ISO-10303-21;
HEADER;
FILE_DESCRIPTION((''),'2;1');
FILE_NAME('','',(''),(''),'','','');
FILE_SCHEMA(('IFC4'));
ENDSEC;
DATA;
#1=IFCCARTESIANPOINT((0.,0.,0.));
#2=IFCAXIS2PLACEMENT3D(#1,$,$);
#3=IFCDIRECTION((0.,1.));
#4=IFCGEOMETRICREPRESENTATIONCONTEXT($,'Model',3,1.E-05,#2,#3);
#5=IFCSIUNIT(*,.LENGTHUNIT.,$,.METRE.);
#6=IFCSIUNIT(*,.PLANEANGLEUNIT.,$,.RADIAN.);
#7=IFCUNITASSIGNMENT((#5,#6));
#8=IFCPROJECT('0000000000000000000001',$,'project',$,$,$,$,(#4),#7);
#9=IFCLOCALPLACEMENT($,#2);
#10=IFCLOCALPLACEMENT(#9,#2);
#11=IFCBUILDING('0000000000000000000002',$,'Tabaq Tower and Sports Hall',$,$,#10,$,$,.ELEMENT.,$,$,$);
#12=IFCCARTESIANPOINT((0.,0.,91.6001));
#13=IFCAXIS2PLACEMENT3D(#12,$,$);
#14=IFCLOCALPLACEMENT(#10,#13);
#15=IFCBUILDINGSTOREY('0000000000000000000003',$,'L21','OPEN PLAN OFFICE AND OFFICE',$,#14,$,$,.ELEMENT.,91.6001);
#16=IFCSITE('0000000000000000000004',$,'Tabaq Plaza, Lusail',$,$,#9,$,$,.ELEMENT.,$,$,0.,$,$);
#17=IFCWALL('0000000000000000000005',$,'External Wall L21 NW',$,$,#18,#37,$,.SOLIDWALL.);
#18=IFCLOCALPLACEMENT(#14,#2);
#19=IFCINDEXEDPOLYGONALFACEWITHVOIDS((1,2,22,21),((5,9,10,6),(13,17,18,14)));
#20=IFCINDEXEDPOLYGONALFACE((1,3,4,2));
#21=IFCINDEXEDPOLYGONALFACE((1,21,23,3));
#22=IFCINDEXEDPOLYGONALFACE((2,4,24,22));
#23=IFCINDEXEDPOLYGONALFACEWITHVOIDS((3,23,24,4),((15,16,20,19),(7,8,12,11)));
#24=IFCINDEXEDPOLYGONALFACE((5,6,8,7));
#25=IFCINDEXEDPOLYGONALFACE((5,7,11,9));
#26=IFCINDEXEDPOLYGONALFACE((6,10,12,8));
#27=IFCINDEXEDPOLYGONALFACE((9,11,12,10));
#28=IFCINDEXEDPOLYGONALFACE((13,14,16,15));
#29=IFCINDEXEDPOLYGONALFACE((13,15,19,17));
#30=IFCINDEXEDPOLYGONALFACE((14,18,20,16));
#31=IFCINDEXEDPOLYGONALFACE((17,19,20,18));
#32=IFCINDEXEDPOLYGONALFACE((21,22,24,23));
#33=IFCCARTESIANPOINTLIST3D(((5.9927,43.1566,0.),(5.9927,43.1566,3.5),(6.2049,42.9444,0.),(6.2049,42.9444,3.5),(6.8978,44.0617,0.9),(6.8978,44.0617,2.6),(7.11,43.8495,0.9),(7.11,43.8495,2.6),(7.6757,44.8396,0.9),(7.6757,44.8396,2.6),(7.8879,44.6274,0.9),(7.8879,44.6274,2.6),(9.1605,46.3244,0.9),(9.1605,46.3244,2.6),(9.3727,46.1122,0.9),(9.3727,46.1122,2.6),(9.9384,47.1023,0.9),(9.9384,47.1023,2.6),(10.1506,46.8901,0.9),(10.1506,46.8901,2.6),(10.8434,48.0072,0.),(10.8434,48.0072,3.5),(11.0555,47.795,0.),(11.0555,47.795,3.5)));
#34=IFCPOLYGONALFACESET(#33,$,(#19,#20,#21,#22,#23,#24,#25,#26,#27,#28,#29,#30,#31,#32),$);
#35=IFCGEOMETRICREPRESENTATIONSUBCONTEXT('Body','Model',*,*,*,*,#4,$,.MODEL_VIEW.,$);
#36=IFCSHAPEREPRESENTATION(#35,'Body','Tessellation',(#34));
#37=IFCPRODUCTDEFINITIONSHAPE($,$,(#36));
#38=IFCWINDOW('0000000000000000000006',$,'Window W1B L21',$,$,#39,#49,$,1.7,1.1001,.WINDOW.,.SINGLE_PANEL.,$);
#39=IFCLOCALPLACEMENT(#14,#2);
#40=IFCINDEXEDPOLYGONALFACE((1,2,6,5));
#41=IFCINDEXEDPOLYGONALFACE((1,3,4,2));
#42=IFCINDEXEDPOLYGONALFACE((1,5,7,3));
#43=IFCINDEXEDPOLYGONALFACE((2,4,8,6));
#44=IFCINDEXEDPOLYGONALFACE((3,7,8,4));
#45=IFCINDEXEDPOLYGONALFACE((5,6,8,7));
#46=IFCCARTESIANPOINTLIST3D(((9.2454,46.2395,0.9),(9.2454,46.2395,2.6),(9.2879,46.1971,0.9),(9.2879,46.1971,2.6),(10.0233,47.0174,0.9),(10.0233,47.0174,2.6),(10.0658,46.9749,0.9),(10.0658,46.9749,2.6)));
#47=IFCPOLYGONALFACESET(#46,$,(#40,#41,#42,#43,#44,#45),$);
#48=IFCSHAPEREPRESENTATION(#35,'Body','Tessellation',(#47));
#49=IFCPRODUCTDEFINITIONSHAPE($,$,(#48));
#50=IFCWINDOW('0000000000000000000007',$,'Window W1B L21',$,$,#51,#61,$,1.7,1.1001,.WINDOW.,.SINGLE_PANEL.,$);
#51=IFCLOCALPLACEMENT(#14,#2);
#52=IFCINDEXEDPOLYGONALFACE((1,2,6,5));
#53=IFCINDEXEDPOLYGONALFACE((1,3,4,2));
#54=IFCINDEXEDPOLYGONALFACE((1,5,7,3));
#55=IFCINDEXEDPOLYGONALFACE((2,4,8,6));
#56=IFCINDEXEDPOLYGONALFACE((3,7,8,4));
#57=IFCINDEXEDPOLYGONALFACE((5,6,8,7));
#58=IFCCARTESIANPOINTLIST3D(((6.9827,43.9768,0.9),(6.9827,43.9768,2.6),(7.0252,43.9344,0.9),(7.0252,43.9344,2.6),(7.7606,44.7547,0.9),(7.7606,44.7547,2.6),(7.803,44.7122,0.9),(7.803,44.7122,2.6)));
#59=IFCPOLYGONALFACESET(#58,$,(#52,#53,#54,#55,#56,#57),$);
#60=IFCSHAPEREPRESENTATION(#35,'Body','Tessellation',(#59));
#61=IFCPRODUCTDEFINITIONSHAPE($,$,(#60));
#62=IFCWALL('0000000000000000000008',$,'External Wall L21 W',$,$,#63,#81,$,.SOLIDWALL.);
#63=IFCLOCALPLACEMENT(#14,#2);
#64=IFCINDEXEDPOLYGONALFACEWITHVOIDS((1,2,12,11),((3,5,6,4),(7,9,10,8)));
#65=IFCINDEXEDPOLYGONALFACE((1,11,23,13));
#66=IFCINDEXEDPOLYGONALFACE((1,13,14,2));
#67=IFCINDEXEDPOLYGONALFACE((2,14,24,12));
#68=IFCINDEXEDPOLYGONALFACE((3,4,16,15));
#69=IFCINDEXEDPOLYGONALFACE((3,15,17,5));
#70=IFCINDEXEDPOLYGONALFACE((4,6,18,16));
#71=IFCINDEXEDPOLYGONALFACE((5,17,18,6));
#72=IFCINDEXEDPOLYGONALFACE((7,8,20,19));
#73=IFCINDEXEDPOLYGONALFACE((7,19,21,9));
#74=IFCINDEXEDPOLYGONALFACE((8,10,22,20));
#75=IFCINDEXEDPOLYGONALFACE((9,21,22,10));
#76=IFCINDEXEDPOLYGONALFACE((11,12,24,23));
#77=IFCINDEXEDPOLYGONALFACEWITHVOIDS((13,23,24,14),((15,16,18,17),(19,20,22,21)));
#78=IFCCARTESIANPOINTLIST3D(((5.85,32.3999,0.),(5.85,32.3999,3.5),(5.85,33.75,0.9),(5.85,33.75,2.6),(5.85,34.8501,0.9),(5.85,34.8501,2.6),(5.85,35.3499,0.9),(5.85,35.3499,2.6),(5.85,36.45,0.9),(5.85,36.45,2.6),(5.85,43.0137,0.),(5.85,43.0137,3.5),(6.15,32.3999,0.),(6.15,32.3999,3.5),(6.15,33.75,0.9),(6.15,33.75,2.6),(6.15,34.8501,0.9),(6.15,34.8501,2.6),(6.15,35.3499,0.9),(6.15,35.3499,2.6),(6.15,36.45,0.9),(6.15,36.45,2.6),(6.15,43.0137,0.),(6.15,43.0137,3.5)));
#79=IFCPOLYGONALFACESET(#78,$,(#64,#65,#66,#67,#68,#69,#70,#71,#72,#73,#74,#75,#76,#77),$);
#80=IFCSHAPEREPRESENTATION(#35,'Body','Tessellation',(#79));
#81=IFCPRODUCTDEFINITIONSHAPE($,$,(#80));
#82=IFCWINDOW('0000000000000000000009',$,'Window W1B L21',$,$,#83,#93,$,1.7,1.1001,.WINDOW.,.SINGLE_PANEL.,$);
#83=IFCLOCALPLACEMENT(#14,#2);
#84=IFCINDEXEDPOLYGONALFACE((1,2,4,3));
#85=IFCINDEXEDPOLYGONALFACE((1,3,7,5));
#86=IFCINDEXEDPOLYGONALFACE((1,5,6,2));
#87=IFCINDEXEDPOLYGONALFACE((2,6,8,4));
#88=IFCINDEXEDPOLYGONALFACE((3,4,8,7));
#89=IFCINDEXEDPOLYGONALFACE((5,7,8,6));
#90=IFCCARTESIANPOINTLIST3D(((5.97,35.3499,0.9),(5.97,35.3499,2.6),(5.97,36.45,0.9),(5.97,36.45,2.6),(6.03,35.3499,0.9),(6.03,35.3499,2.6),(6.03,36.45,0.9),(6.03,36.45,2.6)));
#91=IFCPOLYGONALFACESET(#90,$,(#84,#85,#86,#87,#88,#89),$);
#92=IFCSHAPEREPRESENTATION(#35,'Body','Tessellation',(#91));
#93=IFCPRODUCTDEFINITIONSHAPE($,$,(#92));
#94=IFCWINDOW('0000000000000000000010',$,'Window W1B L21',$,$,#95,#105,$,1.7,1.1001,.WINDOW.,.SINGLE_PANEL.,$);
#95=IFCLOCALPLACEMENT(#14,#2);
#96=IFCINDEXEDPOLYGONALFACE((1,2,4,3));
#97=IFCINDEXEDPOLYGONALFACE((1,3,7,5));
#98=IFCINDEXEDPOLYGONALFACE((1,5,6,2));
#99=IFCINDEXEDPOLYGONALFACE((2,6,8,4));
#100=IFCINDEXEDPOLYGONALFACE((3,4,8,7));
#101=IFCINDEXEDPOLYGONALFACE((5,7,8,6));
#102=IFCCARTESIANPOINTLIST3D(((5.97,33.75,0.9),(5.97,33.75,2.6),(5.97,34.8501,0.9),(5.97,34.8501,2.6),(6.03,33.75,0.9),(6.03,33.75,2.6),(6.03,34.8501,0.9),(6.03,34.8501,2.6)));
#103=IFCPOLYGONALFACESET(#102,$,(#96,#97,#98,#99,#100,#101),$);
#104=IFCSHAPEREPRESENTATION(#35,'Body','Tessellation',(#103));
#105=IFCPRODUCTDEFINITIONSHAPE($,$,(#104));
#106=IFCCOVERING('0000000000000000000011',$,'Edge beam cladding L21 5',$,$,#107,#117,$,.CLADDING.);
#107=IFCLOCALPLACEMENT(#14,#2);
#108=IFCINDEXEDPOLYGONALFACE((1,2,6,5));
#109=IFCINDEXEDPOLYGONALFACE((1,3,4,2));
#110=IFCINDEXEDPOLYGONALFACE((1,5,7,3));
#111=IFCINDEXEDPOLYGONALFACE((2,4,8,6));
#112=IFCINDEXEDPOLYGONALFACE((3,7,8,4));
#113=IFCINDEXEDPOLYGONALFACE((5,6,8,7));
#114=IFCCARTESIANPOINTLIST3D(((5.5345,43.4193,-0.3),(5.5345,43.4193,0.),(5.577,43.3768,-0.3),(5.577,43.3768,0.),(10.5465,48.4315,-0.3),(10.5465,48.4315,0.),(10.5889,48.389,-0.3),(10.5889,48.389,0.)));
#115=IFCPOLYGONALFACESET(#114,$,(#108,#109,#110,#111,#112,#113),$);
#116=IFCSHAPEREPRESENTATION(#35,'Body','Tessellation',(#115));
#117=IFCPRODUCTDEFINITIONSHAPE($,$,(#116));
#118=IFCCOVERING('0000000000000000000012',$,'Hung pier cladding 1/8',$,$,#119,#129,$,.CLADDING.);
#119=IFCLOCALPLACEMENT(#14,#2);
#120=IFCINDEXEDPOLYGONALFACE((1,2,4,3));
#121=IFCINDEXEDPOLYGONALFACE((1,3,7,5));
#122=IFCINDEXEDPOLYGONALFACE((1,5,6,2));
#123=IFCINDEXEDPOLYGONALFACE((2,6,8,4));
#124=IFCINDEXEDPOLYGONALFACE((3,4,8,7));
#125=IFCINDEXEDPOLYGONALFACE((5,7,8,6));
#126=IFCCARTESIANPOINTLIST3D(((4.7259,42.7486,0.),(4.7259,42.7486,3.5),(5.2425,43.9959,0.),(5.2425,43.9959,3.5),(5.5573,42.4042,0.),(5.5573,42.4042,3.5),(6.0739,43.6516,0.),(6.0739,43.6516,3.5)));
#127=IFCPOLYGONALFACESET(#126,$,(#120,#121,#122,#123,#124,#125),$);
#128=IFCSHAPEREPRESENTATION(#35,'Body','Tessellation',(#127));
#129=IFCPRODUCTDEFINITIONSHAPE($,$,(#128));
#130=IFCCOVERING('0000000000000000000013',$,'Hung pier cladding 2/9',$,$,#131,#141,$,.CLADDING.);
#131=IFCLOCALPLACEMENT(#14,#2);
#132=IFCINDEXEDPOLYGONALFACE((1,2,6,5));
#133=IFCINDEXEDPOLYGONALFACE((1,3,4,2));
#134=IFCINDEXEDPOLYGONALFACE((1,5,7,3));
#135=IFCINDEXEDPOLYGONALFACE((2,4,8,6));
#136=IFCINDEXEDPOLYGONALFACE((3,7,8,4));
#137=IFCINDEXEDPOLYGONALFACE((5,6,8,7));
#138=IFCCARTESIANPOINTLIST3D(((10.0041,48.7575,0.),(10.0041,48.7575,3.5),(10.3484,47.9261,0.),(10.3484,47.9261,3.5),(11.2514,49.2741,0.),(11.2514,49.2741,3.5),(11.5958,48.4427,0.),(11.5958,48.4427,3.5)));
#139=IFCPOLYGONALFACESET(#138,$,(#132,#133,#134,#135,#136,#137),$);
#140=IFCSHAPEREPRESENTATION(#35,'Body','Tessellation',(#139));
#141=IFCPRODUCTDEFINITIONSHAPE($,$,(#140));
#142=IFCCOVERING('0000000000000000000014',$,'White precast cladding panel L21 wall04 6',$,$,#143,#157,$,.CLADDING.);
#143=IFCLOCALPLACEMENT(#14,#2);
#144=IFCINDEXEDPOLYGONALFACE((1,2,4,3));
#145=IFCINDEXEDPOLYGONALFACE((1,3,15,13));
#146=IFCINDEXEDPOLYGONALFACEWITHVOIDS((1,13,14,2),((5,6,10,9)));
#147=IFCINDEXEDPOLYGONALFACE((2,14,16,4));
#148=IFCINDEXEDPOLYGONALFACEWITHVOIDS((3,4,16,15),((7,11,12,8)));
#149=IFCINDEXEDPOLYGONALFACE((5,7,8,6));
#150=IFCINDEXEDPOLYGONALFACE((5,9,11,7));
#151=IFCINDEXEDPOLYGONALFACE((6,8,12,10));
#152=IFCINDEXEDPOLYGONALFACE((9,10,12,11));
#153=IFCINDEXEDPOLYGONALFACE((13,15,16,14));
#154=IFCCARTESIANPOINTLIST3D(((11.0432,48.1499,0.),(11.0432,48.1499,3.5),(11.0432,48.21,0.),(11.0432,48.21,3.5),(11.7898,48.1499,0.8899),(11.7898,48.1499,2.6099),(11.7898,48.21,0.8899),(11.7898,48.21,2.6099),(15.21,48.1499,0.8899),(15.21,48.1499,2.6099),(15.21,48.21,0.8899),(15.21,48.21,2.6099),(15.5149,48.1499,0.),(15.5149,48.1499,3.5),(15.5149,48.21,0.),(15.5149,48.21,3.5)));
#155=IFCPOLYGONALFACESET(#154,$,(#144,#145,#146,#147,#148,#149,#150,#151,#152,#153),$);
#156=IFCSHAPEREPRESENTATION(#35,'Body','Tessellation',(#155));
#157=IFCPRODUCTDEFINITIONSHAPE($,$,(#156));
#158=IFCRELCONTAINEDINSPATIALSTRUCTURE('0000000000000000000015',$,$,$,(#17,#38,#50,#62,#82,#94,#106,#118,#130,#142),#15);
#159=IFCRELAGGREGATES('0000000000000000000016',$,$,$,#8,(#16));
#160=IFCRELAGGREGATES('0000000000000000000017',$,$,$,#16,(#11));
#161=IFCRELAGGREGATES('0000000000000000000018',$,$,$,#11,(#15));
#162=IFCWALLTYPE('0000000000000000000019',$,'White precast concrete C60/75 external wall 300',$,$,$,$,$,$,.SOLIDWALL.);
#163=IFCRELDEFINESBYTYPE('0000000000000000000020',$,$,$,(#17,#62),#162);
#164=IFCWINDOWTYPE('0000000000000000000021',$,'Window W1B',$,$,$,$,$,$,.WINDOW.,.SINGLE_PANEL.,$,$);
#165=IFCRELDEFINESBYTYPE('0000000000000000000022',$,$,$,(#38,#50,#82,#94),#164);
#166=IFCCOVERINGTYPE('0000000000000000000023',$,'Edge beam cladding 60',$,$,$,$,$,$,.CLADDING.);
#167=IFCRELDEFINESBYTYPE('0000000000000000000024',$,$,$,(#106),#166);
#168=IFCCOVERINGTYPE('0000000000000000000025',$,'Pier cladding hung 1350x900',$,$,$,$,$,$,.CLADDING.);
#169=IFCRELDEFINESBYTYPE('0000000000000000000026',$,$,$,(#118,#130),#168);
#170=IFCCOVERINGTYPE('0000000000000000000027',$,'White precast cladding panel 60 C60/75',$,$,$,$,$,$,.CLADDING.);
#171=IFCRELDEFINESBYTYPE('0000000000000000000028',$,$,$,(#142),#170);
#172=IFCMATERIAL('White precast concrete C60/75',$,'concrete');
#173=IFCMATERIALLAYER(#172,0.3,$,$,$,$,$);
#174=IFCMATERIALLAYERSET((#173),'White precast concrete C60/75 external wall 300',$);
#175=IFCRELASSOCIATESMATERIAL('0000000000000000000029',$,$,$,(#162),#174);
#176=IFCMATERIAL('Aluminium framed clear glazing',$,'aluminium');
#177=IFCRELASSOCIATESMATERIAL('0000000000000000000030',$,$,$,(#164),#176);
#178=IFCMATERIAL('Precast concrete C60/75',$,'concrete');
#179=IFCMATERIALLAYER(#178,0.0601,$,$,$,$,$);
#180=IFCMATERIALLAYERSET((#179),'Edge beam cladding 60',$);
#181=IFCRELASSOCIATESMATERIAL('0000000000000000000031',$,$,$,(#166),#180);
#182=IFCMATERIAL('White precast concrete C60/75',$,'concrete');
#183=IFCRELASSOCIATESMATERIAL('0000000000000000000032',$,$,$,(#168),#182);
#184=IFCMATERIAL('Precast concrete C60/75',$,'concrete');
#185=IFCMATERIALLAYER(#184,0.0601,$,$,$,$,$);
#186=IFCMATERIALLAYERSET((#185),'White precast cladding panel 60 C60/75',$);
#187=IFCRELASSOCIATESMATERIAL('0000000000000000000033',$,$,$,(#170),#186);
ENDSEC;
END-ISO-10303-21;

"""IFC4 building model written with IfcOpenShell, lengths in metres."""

from ifc_helpers import new_model, si_unit, direction, frame, frame_2d, origin, place, context, subcontext, project, spatial, polyline, rectangle, outline, extrude, material, layer, layer_set, type_object, element, fill, save


model = new_model("IFC4")

# Units and contexts
model_context = context("Model", 3, precision=1e-05, world=origin(), true_north=direction((0.0, 1.0)))
body_context = subcontext(model_context, "Body", "Model", "MODEL_VIEW")
ifc_project = project(units=[si_unit("LENGTHUNIT", "METRE"), si_unit("PLANEANGLEUNIT", "RADIAN")], contexts=[model_context])

# Site, building, storey
site_placement = place(None, origin())
site = spatial("IfcSite", under=ifc_project, at=site_placement, Name="Tabaq Plaza, Lusail", CompositionType="ELEMENT", RefElevation=0.0)
building_placement = place(site_placement, origin())
building = spatial("IfcBuilding", under=site, at=building_placement, Name="Tabaq Tower and Sports Hall", CompositionType="ELEMENT")
storey_placement = place(building_placement, frame((0.0, 0.0, 91.6001)))
storey = spatial("IfcBuildingStorey", under=building, at=storey_placement, Name="L21", Description="OPEN PLAN OFFICE AND OFFICE", CompositionType="ELEMENT", Elevation=91.6001)

# Walls, openings, windows
ifc_material_1 = material(Name="White precast concrete C60/75", Category="concrete")
ifc_layer_1 = layer(ifc_material_1, 0.3)
ifc_layer_set_1 = layer_set([ifc_layer_1], Name="White precast concrete C60/75 external wall 300")
wall_type_1 = type_object("IfcWallType", Name="White precast concrete C60/75 external wall 300", PredefinedType="SOLIDWALL", material=ifc_layer_set_1)
wall_1_placement = place(storey_placement, frame((10.9495, 47.9011, 0.0), z_axis=(0.0, 0.0, 1.0), x_axis=(-0.707107, -0.707107, 0.0)))
wall_1 = element("IfcWall", 1, at=wall_1_placement, inside=storey, type_object=wall_type_1, Name="External Wall L21 NW", PredefinedType="SOLIDWALL", context=body_context, shape_type="SweptSolid", body=[
    extrude(rectangle(XDim=6.8599, YDim=0.3, at=frame_2d((3.4299, 0.0))), origin(), (0.0, 0.0, 1.0), 3.5),
])
opening_1_placement = place(wall_1_placement, frame((1.2798, 0.0, 0.8999)))
opening_1 = element("IfcOpeningElement", 2, at=opening_1_placement, cuts=wall_1, PredefinedType="OPENING", context=body_context, shape_type="SweptSolid", body=[
    extrude(rectangle(XDim=1.1001, YDim=1.7, at=frame_2d((0.55, 0.8501))), frame((0.0, 0.1602, 0.0), z_axis=(0.0, -1.0, 0.0), x_axis=(1.0, 0.0, 0.0)), (0.0, 0.0, 1.0), 0.3201),
])
opening_2_placement = place(wall_1_placement, frame((4.4797, 0.0, 0.8999)))
opening_2 = element("IfcOpeningElement", 3, at=opening_2_placement, cuts=wall_1, PredefinedType="OPENING", context=body_context, shape_type="SweptSolid", body=[
    extrude(rectangle(XDim=1.1001, YDim=1.7, at=frame_2d((0.55, 0.8501))), frame((0.0, 0.1602, 0.0), z_axis=(0.0, -1.0, 0.0), x_axis=(1.0, 0.0, 0.0)), (0.0, 0.0, 1.0), 0.3201),
])
ifc_material_2 = material(Name="Aluminium framed clear glazing", Category="aluminium")
window_type = type_object("IfcWindowType", Name="Window W1B", PartitioningType="SINGLE_PANEL", PredefinedType="WINDOW", material=ifc_material_2)
window_1_placement = place(opening_1_placement, origin())
window_1 = element("IfcWindow", 4, at=window_1_placement, inside=storey, type_object=window_type, Name="Window W1B L21", OverallHeight=1.7, OverallWidth=1.1001, PartitioningType="SINGLE_PANEL", PredefinedType="WINDOW", context=body_context, shape_type="SweptSolid", body=[
    extrude(rectangle(XDim=1.1001, YDim=1.7, at=frame_2d((0.55, 0.8501))), frame((0.0, 0.03, 0.0), z_axis=(0.0, -1.0, 0.0), x_axis=(1.0, 0.0, 0.0)), (0.0, 0.0, 1.0), 0.0601),
])
fill(opening_1, window_1)
window_2_placement = place(opening_2_placement, origin())
window_2 = element("IfcWindow", 5, at=window_2_placement, inside=storey, type_object=window_type, Name="Window W1B L21", OverallHeight=1.7, OverallWidth=1.1001, PartitioningType="SINGLE_PANEL", PredefinedType="WINDOW", context=body_context, shape_type="SweptSolid", body=[
    extrude(rectangle(XDim=1.1001, YDim=1.7, at=frame_2d((0.55, 0.8501))), frame((0.0, 0.03, 0.0), z_axis=(0.0, -1.0, 0.0), x_axis=(1.0, 0.0, 0.0)), (0.0, 0.0, 1.0), 0.0601),
])
fill(opening_2, window_2)
wall_2_placement = place(storey_placement, frame((6.0, 43.0137, 0.0), z_axis=(0.0, 0.0, 1.0), x_axis=(0.0, -1.0, 0.0)))
wall_2 = element("IfcWall", 6, at=wall_2_placement, inside=storey, type_object=wall_type_1, Name="External Wall L21 W", PredefinedType="SOLIDWALL", context=body_context, shape_type="SweptSolid", body=[
    extrude(rectangle(XDim=10.6138, YDim=0.3, at=frame_2d((5.3069, 0.0))), origin(), (0.0, 0.0, 1.0), 3.5),
])
opening_3_placement = place(wall_2_placement, frame((6.5637, 0.0, 0.8999)))
opening_3 = element("IfcOpeningElement", 7, at=opening_3_placement, cuts=wall_2, PredefinedType="OPENING", context=body_context, shape_type="SweptSolid", body=[
    extrude(rectangle(XDim=1.1001, YDim=1.7, at=frame_2d((0.55, 0.8501))), frame((0.0, 0.1602, 0.0), z_axis=(0.0, -1.0, 0.0), x_axis=(1.0, 0.0, 0.0)), (0.0, 0.0, 1.0), 0.3201),
])
opening_4_placement = place(wall_2_placement, frame((8.1636, 0.0, 0.8999)))
opening_4 = element("IfcOpeningElement", 8, at=opening_4_placement, cuts=wall_2, PredefinedType="OPENING", context=body_context, shape_type="SweptSolid", body=[
    extrude(rectangle(XDim=1.1001, YDim=1.7, at=frame_2d((0.55, 0.8501))), frame((0.0, 0.1602, 0.0), z_axis=(0.0, -1.0, 0.0), x_axis=(1.0, 0.0, 0.0)), (0.0, 0.0, 1.0), 0.3201),
])
window_3_placement = place(opening_3_placement, origin())
window_3 = element("IfcWindow", 9, at=window_3_placement, inside=storey, type_object=window_type, Name="Window W1B L21", OverallHeight=1.7, OverallWidth=1.1001, PartitioningType="SINGLE_PANEL", PredefinedType="WINDOW", context=body_context, shape_type="SweptSolid", body=[
    extrude(rectangle(XDim=1.1001, YDim=1.7, at=frame_2d((0.55, 0.8501))), frame((0.0, 0.03, 0.0), z_axis=(0.0, -1.0, 0.0), x_axis=(1.0, 0.0, 0.0)), (0.0, 0.0, 1.0), 0.0601),
])
fill(opening_3, window_3)
window_4_placement = place(opening_4_placement, origin())
window_4 = element("IfcWindow", 10, at=window_4_placement, inside=storey, type_object=window_type, Name="Window W1B L21", OverallHeight=1.7, OverallWidth=1.1001, PartitioningType="SINGLE_PANEL", PredefinedType="WINDOW", context=body_context, shape_type="SweptSolid", body=[
    extrude(rectangle(XDim=1.1001, YDim=1.7, at=frame_2d((0.55, 0.8501))), frame((0.0, 0.03, 0.0), z_axis=(0.0, -1.0, 0.0), x_axis=(1.0, 0.0, 0.0)), (0.0, 0.0, 1.0), 0.0601),
])
fill(opening_4, window_4)

# Coverings
ifc_material_3 = material(Name="Precast concrete C60/75", Category="concrete")
ifc_layer_2 = layer(ifc_material_3, 0.0601)
ifc_layer_set_2 = layer_set([ifc_layer_2], Name="Edge beam cladding 60")
covering_type_1 = type_object("IfcCoveringType", Name="Edge beam cladding 60", PredefinedType="CLADDING", material=ifc_layer_set_2)
covering_1_placement = place(storey_placement, frame((10.5676, 48.4102, -0.3), z_axis=(0.0, 0.0, 1.0), x_axis=(-0.70709, -0.707124, 0.0)))
element("IfcCovering", 11, at=covering_1_placement, inside=storey, type_object=covering_type_1, Name="Edge beam cladding L21 5", PredefinedType="CLADDING", context=body_context, shape_type="SweptSolid", body=[
    extrude(rectangle(XDim=7.0881, YDim=0.0601, at=frame_2d((3.5439, 0.0))), origin(), (0.0, 0.0, 1.0), 0.3),
])
ifc_material_4 = material(Name="White precast concrete C60/75", Category="concrete")
covering_type_2 = type_object("IfcCoveringType", Name="Pier cladding hung 1350x900", PredefinedType="CLADDING", material=ifc_material_4)
for number, where, z_axis, x_axis, name in (
    (12, (5.6582, 43.8237, 0.0), (0.0, 0.0, 1.0), (-0.38265, -0.923893, 0.0), "Hung pier cladding 1/8"),
    (13, (11.4236, 48.8584, 0.0), (0.0, 0.0, 1.0), (-0.923893, -0.38265, 0.0), "Hung pier cladding 2/9"),
):
    element("IfcCovering", number, at=place(storey_placement, frame(where, z_axis=z_axis, x_axis=x_axis)), inside=storey, type_object=covering_type_2, Name=name, PredefinedType="CLADDING", context=body_context, shape_type="SweptSolid", body=[
        extrude(rectangle(XDim=1.3501, YDim=0.8999, at=frame_2d((0.675, 0.0))), origin(), (0.0, 0.0, 1.0), 3.5),
    ])
ifc_material_5 = material(Name="Precast concrete C60/75", Category="concrete")
ifc_layer_3 = layer(ifc_material_5, 0.0601)
ifc_layer_set_3 = layer_set([ifc_layer_3], Name="White precast cladding panel 60 C60/75")
covering_type_3 = type_object("IfcCoveringType", Name="White precast cladding panel 60 C60/75", PredefinedType="CLADDING", material=ifc_layer_set_3)
covering_2_placement = place(storey_placement, frame((15.5149, 48.1799, 0.0), z_axis=(0.0, 0.0, 1.0), x_axis=(-1.0, 0.0, 0.0)))
element("IfcCovering", 14, at=covering_2_placement, inside=storey, type_object=covering_type_3, Name="White precast cladding panel L21 wall04 6", PredefinedType="CLADDING", context=body_context, shape_type="SweptSolid", body=[
    extrude(outline(polyline([(0.0, 0.0), (4.4717, 0.0), (4.4717, 3.5), (0.0, 3.5), (0.0, 0.0)]), holes=[polyline([(0.3049, 0.8899), (0.3049, 2.6099), (3.7251, 2.6099), (3.7251, 0.8899), (0.3049, 0.8899)])]), frame((0.0, 0.03, 0.0), z_axis=(0.0, -1.0, 0.0), x_axis=(1.0, 0.0, 0.0)), (0.0, 0.0, 1.0), 0.0601),
])

save(model, "model.ifc")
